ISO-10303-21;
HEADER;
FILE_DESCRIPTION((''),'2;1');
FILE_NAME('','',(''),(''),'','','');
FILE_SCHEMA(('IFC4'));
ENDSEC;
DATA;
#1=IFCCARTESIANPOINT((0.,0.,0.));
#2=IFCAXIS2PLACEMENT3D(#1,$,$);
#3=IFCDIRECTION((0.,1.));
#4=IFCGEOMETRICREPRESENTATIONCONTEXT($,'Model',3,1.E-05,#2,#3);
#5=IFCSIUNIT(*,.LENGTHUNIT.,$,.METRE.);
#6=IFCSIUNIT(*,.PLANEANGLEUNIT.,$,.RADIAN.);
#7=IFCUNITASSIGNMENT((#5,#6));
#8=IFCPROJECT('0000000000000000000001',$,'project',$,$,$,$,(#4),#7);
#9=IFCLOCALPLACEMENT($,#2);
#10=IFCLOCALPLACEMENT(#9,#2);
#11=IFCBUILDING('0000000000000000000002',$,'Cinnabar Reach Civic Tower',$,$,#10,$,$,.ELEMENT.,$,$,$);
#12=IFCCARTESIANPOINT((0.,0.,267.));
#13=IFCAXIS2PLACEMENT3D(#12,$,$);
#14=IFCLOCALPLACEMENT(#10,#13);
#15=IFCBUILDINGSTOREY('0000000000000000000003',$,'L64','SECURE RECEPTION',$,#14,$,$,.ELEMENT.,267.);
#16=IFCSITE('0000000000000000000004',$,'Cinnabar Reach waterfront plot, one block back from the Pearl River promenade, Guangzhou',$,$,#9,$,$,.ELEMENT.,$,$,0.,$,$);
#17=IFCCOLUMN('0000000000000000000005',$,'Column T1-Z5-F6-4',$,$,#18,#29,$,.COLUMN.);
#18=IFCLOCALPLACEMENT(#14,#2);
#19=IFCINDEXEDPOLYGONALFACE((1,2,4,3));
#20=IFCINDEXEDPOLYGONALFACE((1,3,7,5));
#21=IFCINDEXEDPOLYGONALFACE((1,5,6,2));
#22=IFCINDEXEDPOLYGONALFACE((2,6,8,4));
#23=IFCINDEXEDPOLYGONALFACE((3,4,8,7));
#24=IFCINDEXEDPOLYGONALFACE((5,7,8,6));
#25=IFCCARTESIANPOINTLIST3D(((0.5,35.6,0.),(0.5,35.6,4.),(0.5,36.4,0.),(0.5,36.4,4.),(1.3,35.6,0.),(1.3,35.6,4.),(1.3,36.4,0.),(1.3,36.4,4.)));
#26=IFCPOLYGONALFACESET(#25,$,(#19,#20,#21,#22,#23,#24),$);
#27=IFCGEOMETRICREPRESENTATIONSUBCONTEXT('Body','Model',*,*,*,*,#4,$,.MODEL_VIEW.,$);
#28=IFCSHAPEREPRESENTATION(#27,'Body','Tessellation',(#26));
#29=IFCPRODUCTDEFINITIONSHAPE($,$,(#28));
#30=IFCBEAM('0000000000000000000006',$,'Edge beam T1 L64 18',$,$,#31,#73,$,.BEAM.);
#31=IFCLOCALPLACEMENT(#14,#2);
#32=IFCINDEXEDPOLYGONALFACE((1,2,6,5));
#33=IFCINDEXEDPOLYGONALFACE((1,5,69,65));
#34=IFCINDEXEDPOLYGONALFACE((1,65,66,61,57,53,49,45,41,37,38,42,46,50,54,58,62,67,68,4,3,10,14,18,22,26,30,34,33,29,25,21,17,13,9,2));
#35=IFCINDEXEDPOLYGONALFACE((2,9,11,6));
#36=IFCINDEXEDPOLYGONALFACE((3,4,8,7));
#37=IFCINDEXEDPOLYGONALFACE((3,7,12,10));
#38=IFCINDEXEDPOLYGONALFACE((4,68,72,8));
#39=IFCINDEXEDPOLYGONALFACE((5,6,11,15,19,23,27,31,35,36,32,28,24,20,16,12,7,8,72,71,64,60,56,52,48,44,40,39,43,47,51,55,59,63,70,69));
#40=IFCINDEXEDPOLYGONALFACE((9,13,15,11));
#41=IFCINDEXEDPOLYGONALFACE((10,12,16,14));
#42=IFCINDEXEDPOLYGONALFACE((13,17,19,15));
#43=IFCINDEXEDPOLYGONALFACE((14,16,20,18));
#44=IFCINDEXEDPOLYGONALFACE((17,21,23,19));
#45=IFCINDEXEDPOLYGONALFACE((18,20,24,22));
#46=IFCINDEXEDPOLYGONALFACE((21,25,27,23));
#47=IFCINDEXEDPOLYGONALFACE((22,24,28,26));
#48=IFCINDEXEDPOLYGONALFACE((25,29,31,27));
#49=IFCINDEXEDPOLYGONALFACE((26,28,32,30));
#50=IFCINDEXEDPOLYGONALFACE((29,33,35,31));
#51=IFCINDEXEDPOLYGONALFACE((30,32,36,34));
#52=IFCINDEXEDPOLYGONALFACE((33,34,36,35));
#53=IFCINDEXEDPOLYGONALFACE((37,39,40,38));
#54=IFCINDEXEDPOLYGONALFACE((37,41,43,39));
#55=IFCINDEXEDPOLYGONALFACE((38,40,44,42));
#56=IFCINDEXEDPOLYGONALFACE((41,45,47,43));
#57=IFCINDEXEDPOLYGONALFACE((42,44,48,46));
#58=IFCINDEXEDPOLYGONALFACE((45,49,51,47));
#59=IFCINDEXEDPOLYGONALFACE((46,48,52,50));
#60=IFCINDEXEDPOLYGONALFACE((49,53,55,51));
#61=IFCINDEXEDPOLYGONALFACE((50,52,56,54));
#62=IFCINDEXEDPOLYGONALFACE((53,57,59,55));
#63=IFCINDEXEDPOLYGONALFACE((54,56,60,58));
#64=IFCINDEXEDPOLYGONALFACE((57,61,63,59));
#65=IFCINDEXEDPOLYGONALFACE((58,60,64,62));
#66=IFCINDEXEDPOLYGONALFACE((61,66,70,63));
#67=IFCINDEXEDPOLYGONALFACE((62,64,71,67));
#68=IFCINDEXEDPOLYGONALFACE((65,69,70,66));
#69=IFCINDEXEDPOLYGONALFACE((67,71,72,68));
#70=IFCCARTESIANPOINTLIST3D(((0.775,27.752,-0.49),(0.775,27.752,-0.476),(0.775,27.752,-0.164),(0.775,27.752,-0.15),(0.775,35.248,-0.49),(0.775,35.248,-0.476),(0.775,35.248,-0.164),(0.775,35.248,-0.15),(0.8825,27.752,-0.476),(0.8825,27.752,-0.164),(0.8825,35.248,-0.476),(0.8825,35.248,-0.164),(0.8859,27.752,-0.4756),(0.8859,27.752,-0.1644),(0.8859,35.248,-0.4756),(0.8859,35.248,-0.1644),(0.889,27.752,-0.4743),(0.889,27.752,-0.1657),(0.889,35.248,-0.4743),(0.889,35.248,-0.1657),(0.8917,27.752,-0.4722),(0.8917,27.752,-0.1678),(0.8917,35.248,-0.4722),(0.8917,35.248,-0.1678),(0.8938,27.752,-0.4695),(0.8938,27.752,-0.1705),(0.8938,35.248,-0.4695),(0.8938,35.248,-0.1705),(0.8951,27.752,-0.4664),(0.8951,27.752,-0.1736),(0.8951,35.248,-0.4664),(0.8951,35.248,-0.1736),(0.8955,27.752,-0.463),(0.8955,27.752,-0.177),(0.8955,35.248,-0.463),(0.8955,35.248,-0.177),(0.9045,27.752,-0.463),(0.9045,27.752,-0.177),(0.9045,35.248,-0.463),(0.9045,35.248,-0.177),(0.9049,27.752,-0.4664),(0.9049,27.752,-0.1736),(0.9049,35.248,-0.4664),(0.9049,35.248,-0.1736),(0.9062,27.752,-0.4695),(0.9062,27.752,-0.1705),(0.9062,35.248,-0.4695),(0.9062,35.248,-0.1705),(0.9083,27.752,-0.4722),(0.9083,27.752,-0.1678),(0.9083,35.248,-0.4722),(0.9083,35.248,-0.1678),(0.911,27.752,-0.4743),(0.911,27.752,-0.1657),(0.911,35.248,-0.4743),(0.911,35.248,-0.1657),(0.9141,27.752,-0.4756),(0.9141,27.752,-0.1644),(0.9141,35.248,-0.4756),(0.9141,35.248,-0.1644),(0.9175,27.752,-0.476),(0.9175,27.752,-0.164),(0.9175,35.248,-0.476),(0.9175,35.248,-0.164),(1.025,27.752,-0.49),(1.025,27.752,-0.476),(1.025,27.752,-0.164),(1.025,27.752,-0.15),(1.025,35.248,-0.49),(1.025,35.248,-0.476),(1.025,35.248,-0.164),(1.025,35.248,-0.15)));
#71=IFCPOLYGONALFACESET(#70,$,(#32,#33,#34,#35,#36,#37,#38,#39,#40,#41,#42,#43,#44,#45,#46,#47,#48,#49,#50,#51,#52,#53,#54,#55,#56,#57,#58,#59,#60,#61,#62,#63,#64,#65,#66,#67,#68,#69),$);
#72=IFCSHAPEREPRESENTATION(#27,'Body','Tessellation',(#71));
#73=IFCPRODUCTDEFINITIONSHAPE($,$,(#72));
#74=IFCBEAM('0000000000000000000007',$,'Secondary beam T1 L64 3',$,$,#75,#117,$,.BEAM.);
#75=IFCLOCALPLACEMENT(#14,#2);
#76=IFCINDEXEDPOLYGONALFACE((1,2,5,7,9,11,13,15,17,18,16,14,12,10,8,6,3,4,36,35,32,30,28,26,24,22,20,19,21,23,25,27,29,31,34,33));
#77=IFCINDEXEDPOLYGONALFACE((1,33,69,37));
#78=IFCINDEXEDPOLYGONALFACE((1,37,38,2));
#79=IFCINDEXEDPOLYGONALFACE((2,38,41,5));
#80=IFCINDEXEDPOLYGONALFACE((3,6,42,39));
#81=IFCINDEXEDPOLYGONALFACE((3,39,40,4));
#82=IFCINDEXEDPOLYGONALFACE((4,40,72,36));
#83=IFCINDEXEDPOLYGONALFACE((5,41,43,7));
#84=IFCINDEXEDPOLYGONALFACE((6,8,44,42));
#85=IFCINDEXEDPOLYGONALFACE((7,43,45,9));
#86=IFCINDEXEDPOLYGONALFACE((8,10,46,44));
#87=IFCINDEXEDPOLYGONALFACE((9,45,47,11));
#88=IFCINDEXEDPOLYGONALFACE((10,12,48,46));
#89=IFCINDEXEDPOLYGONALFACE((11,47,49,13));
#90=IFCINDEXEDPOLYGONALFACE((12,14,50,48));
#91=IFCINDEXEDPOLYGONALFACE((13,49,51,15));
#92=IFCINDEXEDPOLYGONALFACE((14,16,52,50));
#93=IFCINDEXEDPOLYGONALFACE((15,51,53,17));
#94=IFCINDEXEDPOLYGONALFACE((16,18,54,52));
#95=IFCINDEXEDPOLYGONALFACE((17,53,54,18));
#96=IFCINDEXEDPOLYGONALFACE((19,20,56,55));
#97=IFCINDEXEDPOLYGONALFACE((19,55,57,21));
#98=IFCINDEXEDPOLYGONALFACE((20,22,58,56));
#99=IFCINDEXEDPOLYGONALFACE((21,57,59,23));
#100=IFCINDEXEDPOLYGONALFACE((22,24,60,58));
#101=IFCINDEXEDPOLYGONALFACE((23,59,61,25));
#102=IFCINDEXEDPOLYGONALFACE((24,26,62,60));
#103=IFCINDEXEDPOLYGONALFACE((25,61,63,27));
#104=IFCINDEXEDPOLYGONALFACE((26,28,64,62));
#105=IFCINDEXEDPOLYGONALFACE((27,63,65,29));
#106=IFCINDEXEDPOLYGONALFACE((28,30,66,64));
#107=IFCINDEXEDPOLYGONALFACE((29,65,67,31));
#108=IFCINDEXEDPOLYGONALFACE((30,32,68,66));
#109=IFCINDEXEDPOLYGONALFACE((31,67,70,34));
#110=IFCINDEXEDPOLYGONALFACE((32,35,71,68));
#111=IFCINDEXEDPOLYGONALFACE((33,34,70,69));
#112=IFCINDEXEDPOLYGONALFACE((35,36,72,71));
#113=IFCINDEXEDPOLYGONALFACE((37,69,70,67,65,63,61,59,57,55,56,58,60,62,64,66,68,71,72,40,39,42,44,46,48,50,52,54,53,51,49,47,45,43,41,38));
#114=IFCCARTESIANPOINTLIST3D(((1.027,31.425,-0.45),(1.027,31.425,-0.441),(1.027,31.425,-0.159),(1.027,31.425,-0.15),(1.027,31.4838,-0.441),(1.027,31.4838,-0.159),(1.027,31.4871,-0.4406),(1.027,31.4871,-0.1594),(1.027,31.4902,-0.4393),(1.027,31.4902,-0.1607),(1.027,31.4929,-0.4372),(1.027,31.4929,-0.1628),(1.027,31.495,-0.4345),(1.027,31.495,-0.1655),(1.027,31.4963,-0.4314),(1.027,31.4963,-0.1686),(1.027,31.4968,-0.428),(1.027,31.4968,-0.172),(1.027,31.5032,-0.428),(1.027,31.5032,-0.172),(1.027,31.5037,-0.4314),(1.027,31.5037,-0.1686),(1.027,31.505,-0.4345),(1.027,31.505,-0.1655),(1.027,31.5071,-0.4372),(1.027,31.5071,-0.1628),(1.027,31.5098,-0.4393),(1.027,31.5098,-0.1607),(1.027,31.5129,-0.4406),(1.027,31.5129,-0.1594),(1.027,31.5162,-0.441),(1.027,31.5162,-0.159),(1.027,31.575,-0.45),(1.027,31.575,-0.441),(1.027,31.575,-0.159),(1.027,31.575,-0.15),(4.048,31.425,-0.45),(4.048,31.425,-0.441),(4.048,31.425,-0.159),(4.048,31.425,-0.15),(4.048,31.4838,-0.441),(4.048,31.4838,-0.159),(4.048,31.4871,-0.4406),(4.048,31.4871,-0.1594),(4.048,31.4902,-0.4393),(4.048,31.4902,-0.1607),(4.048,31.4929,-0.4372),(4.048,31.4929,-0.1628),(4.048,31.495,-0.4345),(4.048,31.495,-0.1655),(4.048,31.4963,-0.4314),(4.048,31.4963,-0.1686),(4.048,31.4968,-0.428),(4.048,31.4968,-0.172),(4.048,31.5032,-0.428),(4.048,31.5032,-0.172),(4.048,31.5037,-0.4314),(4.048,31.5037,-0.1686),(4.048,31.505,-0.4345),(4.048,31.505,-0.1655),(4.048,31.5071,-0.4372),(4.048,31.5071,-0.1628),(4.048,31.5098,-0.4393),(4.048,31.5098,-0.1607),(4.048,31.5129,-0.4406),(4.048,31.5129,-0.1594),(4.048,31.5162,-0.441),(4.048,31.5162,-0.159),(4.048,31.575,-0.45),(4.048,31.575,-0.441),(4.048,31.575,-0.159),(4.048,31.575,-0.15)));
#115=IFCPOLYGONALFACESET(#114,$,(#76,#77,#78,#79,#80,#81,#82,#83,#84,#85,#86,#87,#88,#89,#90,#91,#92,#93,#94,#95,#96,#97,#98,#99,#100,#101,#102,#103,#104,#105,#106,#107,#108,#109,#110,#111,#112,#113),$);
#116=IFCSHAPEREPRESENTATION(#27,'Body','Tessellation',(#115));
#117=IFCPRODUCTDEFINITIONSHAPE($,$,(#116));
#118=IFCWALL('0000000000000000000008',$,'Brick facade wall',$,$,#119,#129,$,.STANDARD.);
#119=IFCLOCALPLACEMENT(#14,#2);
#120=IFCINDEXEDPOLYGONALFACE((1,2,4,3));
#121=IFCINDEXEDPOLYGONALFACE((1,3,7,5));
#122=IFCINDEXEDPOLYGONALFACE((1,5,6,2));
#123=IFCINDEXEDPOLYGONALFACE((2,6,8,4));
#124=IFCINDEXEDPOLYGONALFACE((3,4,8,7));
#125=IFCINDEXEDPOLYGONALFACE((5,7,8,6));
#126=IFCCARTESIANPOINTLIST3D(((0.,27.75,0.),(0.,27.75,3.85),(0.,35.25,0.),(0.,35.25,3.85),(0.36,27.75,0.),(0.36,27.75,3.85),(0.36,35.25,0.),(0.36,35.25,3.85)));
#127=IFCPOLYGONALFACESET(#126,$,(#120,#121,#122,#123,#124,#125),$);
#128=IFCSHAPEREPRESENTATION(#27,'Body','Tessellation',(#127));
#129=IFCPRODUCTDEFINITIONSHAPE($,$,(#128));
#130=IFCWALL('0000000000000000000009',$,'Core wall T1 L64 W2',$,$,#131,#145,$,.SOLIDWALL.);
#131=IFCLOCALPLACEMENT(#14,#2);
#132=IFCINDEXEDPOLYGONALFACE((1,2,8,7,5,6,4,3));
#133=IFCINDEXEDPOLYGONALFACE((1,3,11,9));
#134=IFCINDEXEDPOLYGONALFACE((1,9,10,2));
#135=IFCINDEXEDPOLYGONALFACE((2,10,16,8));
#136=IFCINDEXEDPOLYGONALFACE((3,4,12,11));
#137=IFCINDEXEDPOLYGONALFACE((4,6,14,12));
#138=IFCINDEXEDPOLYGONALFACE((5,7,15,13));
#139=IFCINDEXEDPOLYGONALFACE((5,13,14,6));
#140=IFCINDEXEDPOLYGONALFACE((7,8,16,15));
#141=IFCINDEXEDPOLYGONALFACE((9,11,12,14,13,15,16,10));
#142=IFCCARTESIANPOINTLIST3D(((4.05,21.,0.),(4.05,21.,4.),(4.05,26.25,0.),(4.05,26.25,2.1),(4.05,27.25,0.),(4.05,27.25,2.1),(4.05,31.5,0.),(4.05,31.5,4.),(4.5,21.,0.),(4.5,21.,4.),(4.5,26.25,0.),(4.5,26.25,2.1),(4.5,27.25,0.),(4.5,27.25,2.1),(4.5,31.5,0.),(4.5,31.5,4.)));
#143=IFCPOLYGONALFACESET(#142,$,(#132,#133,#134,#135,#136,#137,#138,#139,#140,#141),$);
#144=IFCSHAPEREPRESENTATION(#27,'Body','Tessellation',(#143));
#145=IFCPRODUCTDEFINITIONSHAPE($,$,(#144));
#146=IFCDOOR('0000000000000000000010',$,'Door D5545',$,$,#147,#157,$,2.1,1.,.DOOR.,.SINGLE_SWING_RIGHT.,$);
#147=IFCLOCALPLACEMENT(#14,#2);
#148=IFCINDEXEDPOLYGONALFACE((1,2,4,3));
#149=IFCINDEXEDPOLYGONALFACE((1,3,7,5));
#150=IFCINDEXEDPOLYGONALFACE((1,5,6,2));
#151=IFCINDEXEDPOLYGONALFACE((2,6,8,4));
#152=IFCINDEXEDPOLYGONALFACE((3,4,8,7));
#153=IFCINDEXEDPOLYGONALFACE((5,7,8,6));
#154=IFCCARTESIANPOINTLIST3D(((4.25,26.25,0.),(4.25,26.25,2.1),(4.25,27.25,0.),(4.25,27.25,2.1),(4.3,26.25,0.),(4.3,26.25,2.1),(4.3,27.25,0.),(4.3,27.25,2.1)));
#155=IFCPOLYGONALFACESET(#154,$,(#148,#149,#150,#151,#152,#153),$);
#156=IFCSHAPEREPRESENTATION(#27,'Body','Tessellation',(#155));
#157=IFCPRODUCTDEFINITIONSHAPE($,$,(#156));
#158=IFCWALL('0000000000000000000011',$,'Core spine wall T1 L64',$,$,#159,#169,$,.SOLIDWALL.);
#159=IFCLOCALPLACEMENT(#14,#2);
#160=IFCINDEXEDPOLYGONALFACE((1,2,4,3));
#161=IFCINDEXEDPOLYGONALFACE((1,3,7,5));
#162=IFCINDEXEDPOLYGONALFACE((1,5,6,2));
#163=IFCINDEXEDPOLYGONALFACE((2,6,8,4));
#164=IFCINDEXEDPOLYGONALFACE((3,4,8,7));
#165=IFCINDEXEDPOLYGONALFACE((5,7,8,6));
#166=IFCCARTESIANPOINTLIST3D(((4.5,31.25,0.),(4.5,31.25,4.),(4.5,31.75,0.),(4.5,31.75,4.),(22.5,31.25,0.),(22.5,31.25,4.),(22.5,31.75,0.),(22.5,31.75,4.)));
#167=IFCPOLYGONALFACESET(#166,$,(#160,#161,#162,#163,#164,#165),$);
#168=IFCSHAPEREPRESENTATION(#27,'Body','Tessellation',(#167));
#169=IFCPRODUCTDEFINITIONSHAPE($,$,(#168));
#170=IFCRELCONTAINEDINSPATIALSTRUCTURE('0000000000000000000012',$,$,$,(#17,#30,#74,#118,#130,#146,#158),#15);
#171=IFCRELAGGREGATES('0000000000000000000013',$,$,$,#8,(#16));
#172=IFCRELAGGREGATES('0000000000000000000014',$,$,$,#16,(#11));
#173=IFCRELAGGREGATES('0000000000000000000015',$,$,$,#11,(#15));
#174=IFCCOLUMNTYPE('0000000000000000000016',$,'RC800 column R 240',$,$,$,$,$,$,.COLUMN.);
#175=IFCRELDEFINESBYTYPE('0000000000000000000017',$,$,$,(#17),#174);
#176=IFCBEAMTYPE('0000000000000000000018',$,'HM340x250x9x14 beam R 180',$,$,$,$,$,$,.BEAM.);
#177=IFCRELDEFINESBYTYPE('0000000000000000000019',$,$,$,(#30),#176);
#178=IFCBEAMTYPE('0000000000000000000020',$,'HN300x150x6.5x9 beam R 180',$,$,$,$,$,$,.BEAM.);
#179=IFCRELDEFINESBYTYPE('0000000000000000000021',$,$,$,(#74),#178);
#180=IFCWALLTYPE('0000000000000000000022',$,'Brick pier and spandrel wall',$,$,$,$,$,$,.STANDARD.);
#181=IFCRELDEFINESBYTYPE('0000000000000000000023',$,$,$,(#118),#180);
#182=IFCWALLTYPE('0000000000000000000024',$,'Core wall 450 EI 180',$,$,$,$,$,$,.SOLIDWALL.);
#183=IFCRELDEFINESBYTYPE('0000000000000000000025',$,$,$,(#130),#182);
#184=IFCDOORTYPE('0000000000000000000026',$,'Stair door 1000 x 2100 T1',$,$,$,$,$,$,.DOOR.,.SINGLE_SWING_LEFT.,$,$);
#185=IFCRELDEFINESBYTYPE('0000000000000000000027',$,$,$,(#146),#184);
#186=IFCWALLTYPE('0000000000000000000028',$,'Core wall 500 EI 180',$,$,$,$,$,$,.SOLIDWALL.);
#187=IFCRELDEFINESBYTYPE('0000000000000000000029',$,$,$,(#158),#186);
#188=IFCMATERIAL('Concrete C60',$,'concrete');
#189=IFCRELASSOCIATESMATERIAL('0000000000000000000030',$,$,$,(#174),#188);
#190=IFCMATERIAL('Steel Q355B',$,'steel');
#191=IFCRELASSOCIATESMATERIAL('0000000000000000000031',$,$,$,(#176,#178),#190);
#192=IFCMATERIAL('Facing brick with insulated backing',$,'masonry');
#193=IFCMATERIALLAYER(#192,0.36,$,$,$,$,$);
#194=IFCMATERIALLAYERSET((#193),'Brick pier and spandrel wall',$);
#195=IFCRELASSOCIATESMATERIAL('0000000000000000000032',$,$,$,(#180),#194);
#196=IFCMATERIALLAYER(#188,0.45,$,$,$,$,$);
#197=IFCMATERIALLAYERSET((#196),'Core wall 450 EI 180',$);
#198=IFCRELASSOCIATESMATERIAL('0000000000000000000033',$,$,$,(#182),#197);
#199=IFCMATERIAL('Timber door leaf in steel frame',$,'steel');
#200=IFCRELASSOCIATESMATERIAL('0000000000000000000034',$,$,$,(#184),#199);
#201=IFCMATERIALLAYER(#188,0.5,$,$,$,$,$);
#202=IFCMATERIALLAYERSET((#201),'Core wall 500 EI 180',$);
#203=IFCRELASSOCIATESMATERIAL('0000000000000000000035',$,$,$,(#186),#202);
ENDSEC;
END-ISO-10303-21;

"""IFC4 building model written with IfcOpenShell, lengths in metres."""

from ifc_helpers import new_model, si_unit, direction, frame, frame_2d, origin, origin_2d, place, context, subcontext, project, spatial, rectangle, i_section, extrude, material, layer, layer_set, material_profile, profile_set, type_object, element, fill, save


model = new_model("IFC4")

# Units and contexts
model_context = context("Model", 3, precision=1e-05, world=origin(), true_north=direction((0.0, 1.0)))
body_context = subcontext(model_context, "Body", "Model", "MODEL_VIEW")
ifc_project = project(units=[si_unit("LENGTHUNIT", "METRE"), si_unit("PLANEANGLEUNIT", "RADIAN")], contexts=[model_context])

# Site, building, storey
site_placement = place(None, origin())
site = spatial("IfcSite", under=ifc_project, at=site_placement, Name="Cinnabar Reach waterfront plot, one block back from the Pearl River promenade, Guangzhou", CompositionType="ELEMENT", RefElevation=0.0)
building_placement = place(site_placement, origin())
building = spatial("IfcBuilding", under=site, at=building_placement, Name="Cinnabar Reach Civic Tower", CompositionType="ELEMENT")
storey_placement = place(building_placement, frame((0.0, 0.0, 267.0)))
storey = spatial("IfcBuildingStorey", under=building, at=storey_placement, Name="L64", Description="SECURE RECEPTION", CompositionType="ELEMENT", Elevation=267.0)

# Column
ifc_material_1 = material(Name="Concrete C60", Category="concrete")
ifc_material_profile_1 = material_profile(ifc_material_1, rectangle(XDim=0.8, YDim=0.8, at=origin_2d()), Name="RC800")
ifc_profile_set_1 = profile_set([ifc_material_profile_1], Name="Concrete C60")
column_type = type_object("IfcColumnType", Name="RC800 column R 240", PredefinedType="COLUMN", material=ifc_profile_set_1)
column_placement = place(storey_placement, frame((0.9, 36.0, 0.0), z_axis=(0.0, 0.0, 1.0), x_axis=(1.0, 0.0, 0.0)))
element("IfcColumn", 1, at=column_placement, inside=storey, type_object=column_type, Name="Column T1-Z5-F6-4", PredefinedType="COLUMN", context=body_context, shape_type="SweptSolid", body=[
    extrude(rectangle(XDim=0.8, YDim=0.8, at=origin_2d()), origin(), (0.0, 0.0, 1.0), 4.0),
])

# Beams
ifc_material_2 = material(Name="Steel Q355B", Category="steel")
ifc_material_profile_2 = material_profile(ifc_material_2, i_section(OverallWidth=0.25, OverallDepth=0.34, WebThickness=0.009, FlangeThickness=0.014, FilletRadius=0.013, at=origin_2d()), Name="HM340x250x9x14")
ifc_profile_set_2 = profile_set([ifc_material_profile_2], Name="Steel Q355B")
beam_type_1 = type_object("IfcBeamType", Name="HM340x250x9x14 beam R 180", PredefinedType="BEAM", material=ifc_profile_set_2)
beam_1_placement = place(storey_placement, frame((0.9, 35.248, -0.32), z_axis=(0.0, -1.0, 0.0), x_axis=(1.0, 0.0, 0.0)))
element("IfcBeam", 2, at=beam_1_placement, inside=storey, type_object=beam_type_1, Name="Edge beam T1 L64 18", PredefinedType="BEAM", context=body_context, shape_type="SweptSolid", body=[
    extrude(i_section(OverallWidth=0.25, OverallDepth=0.34, WebThickness=0.009, FlangeThickness=0.014, FilletRadius=0.013, at=origin_2d()), origin(), (0.0, 0.0, 1.0), 7.496),
])
ifc_material_profile_3 = material_profile(ifc_material_2, i_section(OverallWidth=0.15, OverallDepth=0.3, WebThickness=0.0065, FlangeThickness=0.009, FilletRadius=0.013, at=origin_2d()), Name="HN300x150x6.5x9")
ifc_profile_set_3 = profile_set([ifc_material_profile_3], Name="Steel Q355B")
beam_type_2 = type_object("IfcBeamType", Name="HN300x150x6.5x9 beam R 180", PredefinedType="BEAM", material=ifc_profile_set_3)
beam_2_placement = place(storey_placement, frame((1.027, 31.5, -0.3), z_axis=(1.0, 0.0, 0.0), x_axis=(0.0, 1.0, 0.0)))
element("IfcBeam", 3, at=beam_2_placement, inside=storey, type_object=beam_type_2, Name="Secondary beam T1 L64 3", PredefinedType="BEAM", context=body_context, shape_type="SweptSolid", body=[
    extrude(i_section(OverallWidth=0.15, OverallDepth=0.3, WebThickness=0.0065, FlangeThickness=0.009, FilletRadius=0.013, at=origin_2d()), origin(), (0.0, 0.0, 1.0), 3.021),
])

# Wall
ifc_material_3 = material(Name="Facing brick with insulated backing", Category="masonry")
ifc_layer_1 = layer(ifc_material_3, 0.36)
ifc_layer_set_1 = layer_set([ifc_layer_1], Name="Brick pier and spandrel wall")
wall_type_1 = type_object("IfcWallType", Name="Brick pier and spandrel wall", PredefinedType="STANDARD", material=ifc_layer_set_1)
wall_1_placement = place(storey_placement, frame((0.18, 35.25, 0.0), z_axis=(0.0, 0.0, 1.0), x_axis=(0.0, -1.0, 0.0)))
element("IfcWall", 4, at=wall_1_placement, inside=storey, type_object=wall_type_1, Name="Brick facade wall", PredefinedType="STANDARD", context=body_context, shape_type="SweptSolid", body=[
    extrude(rectangle(XDim=7.5, YDim=0.36, at=frame_2d((3.75, 0.0))), origin(), (0.0, 0.0, 1.0), 3.85),
])

# Wall, opening, door
ifc_layer_2 = layer(ifc_material_1, 0.45)
ifc_layer_set_2 = layer_set([ifc_layer_2], Name="Core wall 450 EI 180")
wall_type_2 = type_object("IfcWallType", Name="Core wall 450 EI 180", PredefinedType="SOLIDWALL", material=ifc_layer_set_2)
wall_2_placement = place(storey_placement, frame((4.275, 31.5, 0.0), z_axis=(0.0, 0.0, 1.0), x_axis=(0.0, -1.0, 0.0)))
wall_2 = element("IfcWall", 5, at=wall_2_placement, inside=storey, type_object=wall_type_2, Name="Core wall T1 L64 W2", PredefinedType="SOLIDWALL", context=body_context, shape_type="SweptSolid", body=[
    extrude(rectangle(XDim=10.5, YDim=0.45, at=frame_2d((5.25, 0.0))), origin(), (0.0, 0.0, 1.0), 4.0),
])
opening_1_placement = place(wall_2_placement, frame((4.25, 0.0, 0.0)))
opening_1 = element("IfcOpeningElement", 6, at=opening_1_placement, cuts=wall_2, PredefinedType="OPENING", context=body_context, shape_type="SweptSolid", body=[
    extrude(rectangle(XDim=1.0, YDim=2.1, at=frame_2d((0.5, 1.05))), frame((0.0, 0.235, 0.0), z_axis=(0.0, -1.0, 0.0), x_axis=(1.0, 0.0, 0.0)), (0.0, 0.0, 1.0), 0.47),
])
ifc_material_4 = material(Name="Timber door leaf in steel frame", Category="steel")
door_type_1 = type_object("IfcDoorType", Name="Stair door 1000 x 2100 T1", OperationType="SINGLE_SWING_LEFT", PredefinedType="DOOR", material=ifc_material_4)
door_1_placement = place(opening_1_placement, frame((1.0, 0.0, 0.0), z_axis=(0.0, 0.0, 1.0), x_axis=(-1.0, 0.0, 0.0)))
door_1 = element("IfcDoor", 7, at=door_1_placement, inside=storey, type_object=door_type_1, Name="Door D5545", OperationType="SINGLE_SWING_RIGHT", OverallHeight=2.1, OverallWidth=1.0, PredefinedType="DOOR", context=body_context, shape_type="SweptSolid", body=[
    extrude(rectangle(XDim=1.0, YDim=2.1, at=frame_2d((0.5, 1.05))), frame((0.0, 0.025, 0.0), z_axis=(0.0, -1.0, 0.0), x_axis=(1.0, 0.0, 0.0)), (0.0, 0.0, 1.0), 0.05),
])
fill(opening_1, door_1)

# Wall
ifc_layer_3 = layer(ifc_material_1, 0.5)
ifc_layer_set_3 = layer_set([ifc_layer_3], Name="Core wall 500 EI 180")
wall_type_3 = type_object("IfcWallType", Name="Core wall 500 EI 180", PredefinedType="SOLIDWALL", material=ifc_layer_set_3)
wall_3_placement = place(storey_placement, frame((4.5, 31.5, 0.0), z_axis=(0.0, 0.0, 1.0), x_axis=(1.0, 0.0, 0.0)))
element("IfcWall", 8, at=wall_3_placement, inside=storey, type_object=wall_type_3, Name="Core spine wall T1 L64", PredefinedType="SOLIDWALL", context=body_context, shape_type="SweptSolid", body=[
    extrude(rectangle(XDim=18.0, YDim=0.5, at=frame_2d((9.0, 0.0))), origin(), (0.0, 0.0, 1.0), 4.0),
])

save(model, "model.ifc")
